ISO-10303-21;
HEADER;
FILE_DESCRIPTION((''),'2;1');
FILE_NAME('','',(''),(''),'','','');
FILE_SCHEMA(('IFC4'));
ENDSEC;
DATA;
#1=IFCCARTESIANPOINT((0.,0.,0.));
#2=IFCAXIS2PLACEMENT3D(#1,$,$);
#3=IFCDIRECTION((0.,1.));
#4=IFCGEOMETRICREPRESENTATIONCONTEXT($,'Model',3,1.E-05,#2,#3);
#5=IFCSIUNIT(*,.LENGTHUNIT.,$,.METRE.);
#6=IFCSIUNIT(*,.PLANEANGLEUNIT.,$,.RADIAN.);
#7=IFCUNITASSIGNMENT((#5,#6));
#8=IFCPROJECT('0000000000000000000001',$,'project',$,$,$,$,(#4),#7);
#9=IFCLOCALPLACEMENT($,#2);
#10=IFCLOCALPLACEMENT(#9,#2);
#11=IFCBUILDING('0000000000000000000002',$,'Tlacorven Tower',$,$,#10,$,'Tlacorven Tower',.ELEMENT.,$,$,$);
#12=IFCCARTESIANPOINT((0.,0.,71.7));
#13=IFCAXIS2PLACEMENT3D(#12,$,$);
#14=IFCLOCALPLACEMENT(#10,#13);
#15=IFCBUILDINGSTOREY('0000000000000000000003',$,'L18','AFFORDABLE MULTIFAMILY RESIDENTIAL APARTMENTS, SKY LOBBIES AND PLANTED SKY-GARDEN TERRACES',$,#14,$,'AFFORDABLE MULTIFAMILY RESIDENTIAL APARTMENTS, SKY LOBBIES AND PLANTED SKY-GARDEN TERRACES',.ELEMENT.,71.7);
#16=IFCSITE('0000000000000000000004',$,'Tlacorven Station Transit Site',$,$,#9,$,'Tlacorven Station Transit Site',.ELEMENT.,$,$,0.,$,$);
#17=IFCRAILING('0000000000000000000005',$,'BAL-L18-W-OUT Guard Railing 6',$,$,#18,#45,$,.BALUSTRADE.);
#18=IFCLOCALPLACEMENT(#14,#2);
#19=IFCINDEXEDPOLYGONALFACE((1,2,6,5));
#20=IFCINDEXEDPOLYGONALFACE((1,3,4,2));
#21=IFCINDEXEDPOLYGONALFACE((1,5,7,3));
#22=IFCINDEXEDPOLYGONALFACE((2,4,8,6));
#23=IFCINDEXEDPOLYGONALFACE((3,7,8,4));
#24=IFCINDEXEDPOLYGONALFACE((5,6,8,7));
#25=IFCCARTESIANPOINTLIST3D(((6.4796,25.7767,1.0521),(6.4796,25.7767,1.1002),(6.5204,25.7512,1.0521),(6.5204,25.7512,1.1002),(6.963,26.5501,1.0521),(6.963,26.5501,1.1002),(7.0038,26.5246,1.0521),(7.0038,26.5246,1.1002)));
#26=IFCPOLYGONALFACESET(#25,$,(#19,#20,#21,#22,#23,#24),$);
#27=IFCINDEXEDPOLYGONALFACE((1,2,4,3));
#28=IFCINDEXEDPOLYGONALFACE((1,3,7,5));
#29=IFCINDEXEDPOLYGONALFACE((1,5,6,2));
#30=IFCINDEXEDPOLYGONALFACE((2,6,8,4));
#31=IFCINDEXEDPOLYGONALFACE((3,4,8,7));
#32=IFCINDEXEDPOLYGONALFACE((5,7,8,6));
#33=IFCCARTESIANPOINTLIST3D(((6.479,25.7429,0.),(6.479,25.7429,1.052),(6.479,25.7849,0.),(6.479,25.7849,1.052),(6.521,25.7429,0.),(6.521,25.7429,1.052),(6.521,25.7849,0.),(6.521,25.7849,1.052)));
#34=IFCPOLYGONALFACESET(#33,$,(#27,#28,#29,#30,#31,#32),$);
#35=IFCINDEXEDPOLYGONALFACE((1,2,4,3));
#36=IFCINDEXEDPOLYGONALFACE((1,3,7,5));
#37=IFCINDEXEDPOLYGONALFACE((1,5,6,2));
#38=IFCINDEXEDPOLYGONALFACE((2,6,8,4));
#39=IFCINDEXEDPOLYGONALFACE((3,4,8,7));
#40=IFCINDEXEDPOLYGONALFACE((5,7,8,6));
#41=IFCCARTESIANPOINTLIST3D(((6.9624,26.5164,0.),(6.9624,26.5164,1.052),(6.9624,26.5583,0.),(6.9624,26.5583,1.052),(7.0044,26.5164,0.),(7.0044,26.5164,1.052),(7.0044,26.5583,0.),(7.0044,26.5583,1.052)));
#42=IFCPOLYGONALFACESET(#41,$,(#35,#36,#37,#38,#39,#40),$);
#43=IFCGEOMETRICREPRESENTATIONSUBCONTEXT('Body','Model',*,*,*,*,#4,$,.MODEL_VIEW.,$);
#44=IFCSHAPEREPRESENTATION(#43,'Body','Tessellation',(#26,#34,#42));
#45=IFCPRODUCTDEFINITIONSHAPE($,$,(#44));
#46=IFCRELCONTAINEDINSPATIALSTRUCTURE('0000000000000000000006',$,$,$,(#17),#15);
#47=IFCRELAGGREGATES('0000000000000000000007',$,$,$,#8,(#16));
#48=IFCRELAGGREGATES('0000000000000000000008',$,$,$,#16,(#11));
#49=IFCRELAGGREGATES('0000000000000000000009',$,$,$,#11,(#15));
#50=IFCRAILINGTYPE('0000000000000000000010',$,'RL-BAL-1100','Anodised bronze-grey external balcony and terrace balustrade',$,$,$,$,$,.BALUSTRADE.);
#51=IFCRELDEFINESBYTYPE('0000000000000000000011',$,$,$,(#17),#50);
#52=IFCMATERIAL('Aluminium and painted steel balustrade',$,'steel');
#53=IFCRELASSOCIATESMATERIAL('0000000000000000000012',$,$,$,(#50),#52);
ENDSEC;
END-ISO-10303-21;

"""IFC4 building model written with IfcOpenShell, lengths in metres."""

from ifc_helpers import new_model, si_unit, direction, frame, origin, origin_2d, place, context, subcontext, project, spatial, rectangle, extrude, source, transform, mapped, material, type_object, element, save


model = new_model("IFC4")

# Units and contexts
model_context = context("Model", 3, precision=1e-05, world=origin(), true_north=direction((0.0, 1.0)))
body_context = subcontext(model_context, "Body", "Model", "MODEL_VIEW")
ifc_project = project(units=[si_unit("LENGTHUNIT", "METRE"), si_unit("PLANEANGLEUNIT", "RADIAN")], contexts=[model_context])

# Site, building, storey
site_placement = place(None, origin())
site = spatial("IfcSite", under=ifc_project, at=site_placement, Name="Tlacorven Station Transit Site", LongName="Tlacorven Station Transit Site", CompositionType="ELEMENT", RefElevation=0.0)
building_placement = place(site_placement, origin())
building = spatial("IfcBuilding", under=site, at=building_placement, Name="Tlacorven Tower", LongName="Tlacorven Tower", CompositionType="ELEMENT")
storey_placement = place(building_placement, frame((0.0, 0.0, 71.7)))
storey = spatial("IfcBuildingStorey", under=building, at=storey_placement, Name="L18", Description="AFFORDABLE MULTIFAMILY RESIDENTIAL APARTMENTS, SKY LOBBIES AND PLANTED SKY-GARDEN TERRACES", LongName="AFFORDABLE MULTIFAMILY RESIDENTIAL APARTMENTS, SKY LOBBIES AND PLANTED SKY-GARDEN TERRACES", CompositionType="ELEMENT", Elevation=71.7)

# Railing
ifc_material_1 = material(Name="Aluminium and painted steel balustrade", Category="steel")
railing_type = type_object("IfcRailingType", Name="RL-BAL-1100", Description="Anodised bronze-grey external balcony and terrace balustrade", PredefinedType="BALUSTRADE", material=ifc_material_1)
shared_shape_1 = source(origin(), body_context, "Body", "SweptSolid", [
    extrude(rectangle(XDim=0.0481, YDim=0.0481, at=origin_2d()), frame((0.0, 0.0, 1.0762), z_axis=(0.529999, 0.847998, 0.0), x_axis=(-0.847998, 0.529999, 0.0)), (0.0, 0.0, 1.0), 0.9121),
    extrude(rectangle(XDim=0.042, YDim=0.042, at=origin_2d()), origin(), (0.0, 0.0, 1.0), 1.052),
    extrude(rectangle(XDim=0.042, YDim=0.042, at=origin_2d()), frame((0.4834, 0.7734, 0.0)), (0.0, 0.0, 1.0), 1.052),
])
railing_1_placement = place(storey_placement, frame((6.5, 25.7639, 0.0)))
element("IfcRailing", 1, at=railing_1_placement, inside=storey, type_object=railing_type, Name="BAL-L18-W-OUT Guard Railing 6", PredefinedType="BALUSTRADE", context=body_context, shape_type="MappedRepresentation", body=[
    mapped(shared_shape_1, transform((0.0, 0.0, 0.0), scale=1.0)),
])

save(model, "model.ifc")
